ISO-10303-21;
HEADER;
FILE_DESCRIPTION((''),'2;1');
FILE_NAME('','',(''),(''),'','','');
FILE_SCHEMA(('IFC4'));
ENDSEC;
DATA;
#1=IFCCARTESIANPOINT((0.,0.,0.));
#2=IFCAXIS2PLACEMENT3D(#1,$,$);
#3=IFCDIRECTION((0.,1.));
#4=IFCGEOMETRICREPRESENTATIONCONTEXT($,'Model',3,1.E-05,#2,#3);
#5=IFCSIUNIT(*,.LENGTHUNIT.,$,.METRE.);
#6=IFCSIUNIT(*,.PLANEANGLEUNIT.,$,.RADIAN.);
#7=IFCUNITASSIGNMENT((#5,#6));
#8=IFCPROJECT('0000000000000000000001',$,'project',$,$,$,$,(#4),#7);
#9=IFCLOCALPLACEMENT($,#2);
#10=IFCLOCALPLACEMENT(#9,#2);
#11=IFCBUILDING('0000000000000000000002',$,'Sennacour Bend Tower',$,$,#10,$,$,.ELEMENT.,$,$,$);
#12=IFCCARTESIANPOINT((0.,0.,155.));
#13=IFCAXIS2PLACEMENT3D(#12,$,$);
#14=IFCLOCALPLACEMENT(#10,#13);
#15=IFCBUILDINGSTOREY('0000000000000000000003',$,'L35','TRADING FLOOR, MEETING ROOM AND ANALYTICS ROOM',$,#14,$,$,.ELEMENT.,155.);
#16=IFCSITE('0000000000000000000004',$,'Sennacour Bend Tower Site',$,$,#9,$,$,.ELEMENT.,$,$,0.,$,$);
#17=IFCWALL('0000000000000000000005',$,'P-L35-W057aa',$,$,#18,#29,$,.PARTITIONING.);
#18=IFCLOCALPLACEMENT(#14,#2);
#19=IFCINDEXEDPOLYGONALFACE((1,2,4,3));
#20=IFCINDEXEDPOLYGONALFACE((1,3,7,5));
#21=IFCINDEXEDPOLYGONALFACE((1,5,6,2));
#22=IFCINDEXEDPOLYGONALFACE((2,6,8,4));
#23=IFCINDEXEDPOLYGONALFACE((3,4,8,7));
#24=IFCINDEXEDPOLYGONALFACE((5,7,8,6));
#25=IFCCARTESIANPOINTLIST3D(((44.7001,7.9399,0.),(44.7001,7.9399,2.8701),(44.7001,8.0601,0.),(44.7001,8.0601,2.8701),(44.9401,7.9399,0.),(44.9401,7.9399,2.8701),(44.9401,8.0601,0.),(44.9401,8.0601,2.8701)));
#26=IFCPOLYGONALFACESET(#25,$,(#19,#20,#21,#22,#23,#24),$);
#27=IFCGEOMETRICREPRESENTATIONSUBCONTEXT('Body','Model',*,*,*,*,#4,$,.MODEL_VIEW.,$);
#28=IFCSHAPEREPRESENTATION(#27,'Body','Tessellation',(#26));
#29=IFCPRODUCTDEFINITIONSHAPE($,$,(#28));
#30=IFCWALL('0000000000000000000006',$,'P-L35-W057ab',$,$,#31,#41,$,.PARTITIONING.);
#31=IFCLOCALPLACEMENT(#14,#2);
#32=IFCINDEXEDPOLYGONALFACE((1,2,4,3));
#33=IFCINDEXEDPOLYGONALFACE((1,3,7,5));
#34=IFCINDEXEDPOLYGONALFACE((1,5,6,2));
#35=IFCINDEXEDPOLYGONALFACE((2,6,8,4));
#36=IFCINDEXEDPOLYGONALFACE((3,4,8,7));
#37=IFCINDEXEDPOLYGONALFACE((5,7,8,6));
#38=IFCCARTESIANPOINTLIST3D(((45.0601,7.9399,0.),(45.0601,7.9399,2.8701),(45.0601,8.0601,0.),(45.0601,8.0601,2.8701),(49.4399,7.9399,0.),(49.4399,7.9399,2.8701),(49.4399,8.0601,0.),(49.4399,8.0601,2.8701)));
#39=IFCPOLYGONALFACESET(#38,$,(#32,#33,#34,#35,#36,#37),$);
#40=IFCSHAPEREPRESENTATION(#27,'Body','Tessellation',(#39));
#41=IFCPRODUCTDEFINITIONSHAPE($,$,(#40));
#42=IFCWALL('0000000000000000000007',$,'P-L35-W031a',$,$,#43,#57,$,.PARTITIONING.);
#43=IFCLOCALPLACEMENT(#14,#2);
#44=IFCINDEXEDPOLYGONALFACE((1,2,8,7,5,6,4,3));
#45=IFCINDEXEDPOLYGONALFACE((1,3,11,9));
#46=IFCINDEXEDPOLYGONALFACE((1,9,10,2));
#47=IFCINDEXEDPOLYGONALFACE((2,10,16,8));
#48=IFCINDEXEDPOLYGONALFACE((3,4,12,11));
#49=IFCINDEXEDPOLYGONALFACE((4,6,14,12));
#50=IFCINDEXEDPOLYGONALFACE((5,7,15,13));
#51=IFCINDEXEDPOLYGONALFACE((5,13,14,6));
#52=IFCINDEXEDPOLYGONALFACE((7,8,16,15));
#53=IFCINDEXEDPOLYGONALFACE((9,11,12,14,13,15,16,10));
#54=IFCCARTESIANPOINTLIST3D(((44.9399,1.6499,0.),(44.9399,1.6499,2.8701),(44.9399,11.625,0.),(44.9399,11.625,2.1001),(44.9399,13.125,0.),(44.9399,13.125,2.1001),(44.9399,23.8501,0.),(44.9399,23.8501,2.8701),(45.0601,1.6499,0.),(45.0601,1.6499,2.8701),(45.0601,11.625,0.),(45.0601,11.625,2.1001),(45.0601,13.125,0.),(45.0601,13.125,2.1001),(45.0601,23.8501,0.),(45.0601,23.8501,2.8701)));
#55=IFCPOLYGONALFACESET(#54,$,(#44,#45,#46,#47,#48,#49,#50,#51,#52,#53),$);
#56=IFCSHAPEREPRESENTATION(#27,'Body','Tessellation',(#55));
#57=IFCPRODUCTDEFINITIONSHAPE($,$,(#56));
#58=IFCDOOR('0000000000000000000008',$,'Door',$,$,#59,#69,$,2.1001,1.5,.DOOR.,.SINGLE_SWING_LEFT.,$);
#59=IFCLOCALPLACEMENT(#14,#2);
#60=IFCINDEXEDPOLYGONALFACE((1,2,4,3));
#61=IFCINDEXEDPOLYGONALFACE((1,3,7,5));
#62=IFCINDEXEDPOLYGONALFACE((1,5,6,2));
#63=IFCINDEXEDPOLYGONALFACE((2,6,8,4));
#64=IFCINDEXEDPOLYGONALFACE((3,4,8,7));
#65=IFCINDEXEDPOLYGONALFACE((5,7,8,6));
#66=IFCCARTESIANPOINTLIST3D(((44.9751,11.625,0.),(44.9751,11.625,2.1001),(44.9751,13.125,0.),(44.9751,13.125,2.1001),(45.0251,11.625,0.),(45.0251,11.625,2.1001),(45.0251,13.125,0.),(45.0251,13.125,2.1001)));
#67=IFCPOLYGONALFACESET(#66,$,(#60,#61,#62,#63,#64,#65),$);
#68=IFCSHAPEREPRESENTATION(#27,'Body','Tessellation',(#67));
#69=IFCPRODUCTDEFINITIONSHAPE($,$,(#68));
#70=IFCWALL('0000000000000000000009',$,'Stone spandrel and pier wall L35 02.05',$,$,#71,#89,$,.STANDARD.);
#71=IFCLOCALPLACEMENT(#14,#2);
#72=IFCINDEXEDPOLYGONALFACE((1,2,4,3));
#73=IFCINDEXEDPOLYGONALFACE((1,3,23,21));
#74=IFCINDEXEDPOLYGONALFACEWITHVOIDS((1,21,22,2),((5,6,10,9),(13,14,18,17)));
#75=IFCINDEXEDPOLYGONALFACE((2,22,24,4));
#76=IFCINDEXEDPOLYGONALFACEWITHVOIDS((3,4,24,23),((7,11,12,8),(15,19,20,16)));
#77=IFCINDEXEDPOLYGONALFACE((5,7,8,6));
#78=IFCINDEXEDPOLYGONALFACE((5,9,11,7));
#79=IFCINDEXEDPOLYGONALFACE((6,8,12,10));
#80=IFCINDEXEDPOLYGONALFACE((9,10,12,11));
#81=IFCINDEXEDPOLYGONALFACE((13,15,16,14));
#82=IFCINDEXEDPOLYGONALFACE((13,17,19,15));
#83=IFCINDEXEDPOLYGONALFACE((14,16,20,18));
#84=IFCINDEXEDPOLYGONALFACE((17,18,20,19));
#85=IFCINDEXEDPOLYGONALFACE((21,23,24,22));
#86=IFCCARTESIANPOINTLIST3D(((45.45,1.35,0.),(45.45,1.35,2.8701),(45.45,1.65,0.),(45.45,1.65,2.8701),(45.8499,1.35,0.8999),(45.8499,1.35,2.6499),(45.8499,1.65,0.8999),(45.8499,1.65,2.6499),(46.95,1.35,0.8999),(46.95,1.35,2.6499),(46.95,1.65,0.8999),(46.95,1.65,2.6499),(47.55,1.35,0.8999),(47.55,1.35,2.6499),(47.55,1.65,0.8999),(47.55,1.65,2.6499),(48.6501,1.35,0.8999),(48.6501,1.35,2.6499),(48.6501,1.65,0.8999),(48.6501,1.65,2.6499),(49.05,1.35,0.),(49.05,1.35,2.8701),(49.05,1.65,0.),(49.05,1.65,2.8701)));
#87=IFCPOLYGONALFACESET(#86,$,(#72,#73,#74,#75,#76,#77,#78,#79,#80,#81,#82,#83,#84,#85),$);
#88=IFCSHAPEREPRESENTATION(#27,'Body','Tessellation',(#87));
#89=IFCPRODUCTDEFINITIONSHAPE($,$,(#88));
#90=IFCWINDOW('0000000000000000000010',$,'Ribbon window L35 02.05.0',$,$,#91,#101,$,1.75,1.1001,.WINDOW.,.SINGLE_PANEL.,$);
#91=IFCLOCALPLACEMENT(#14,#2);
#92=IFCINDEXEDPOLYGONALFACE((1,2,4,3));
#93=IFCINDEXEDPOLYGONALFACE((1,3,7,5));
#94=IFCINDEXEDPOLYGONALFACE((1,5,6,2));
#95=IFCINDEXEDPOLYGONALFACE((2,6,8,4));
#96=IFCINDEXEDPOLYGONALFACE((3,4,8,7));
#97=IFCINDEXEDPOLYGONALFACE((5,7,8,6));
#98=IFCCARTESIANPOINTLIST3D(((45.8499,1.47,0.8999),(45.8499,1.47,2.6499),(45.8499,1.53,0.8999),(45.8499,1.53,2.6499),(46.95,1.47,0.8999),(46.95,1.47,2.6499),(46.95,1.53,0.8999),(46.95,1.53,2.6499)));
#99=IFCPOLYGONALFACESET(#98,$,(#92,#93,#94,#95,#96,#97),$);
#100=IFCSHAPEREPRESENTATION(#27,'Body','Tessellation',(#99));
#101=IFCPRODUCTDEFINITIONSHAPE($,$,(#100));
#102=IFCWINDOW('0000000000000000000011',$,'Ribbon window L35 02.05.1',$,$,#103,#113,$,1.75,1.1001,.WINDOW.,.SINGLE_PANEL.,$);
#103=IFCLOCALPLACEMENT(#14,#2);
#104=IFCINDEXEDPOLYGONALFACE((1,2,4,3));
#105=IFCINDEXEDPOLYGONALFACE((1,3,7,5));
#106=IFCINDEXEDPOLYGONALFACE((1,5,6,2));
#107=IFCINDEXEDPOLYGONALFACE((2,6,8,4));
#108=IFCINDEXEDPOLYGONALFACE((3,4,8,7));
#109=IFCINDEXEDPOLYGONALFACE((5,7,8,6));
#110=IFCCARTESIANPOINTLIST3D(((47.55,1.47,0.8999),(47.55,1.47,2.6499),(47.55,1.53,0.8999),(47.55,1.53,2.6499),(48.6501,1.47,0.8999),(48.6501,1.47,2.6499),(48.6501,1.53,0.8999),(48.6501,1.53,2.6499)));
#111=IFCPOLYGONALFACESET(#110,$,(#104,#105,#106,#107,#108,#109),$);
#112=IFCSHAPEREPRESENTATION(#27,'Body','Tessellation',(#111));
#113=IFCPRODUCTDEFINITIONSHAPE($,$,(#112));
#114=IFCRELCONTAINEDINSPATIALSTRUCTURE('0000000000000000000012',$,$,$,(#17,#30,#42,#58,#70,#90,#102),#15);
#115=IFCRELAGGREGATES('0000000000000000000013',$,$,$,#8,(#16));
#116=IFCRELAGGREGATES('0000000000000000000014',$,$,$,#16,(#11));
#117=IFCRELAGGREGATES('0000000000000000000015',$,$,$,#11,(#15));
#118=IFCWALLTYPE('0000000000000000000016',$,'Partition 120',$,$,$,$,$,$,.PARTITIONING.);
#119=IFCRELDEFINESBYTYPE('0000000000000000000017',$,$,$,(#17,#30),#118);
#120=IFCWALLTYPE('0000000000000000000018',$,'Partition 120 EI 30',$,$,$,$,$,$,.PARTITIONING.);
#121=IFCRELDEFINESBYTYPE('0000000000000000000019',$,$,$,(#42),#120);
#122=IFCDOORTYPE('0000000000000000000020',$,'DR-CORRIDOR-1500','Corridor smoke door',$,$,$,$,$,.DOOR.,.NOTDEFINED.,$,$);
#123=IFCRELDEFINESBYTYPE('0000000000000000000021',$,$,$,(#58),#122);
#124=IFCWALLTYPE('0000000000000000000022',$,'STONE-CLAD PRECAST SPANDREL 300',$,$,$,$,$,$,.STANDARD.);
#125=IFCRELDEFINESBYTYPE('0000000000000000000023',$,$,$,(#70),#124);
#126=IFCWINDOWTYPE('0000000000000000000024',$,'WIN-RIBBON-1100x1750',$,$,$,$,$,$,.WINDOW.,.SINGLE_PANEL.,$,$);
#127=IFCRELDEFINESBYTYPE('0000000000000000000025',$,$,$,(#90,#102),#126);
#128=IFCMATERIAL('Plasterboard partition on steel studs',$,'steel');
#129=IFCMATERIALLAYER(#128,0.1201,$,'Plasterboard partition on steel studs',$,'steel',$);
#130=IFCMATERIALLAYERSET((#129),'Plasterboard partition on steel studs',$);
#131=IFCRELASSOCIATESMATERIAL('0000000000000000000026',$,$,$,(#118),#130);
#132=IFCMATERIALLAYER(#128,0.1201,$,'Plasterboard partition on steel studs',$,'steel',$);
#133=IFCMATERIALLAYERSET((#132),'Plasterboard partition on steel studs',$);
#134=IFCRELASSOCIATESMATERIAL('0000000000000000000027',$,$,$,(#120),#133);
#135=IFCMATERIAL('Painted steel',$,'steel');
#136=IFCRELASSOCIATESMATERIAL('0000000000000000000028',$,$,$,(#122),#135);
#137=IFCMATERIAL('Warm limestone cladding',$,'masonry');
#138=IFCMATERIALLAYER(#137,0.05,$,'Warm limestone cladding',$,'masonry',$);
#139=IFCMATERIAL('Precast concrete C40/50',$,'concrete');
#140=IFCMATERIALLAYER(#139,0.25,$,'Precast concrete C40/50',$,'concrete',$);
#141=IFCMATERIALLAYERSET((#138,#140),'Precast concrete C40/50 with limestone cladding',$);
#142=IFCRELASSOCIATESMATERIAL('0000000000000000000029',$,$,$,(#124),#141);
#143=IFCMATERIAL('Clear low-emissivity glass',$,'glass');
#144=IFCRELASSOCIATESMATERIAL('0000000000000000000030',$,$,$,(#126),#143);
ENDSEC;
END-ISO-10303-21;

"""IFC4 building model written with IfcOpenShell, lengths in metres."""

from ifc_helpers import new_model, si_unit, direction, frame, frame_2d, origin, place, context, subcontext, project, spatial, rectangle, extrude, material, layer, layer_set, type_object, element, fill, save


model = new_model("IFC4")

# Units and contexts
model_context = context("Model", 3, precision=1e-05, world=origin(), true_north=direction((0.0, 1.0)))
body_context = subcontext(model_context, "Body", "Model", "MODEL_VIEW")
ifc_project = project(units=[si_unit("LENGTHUNIT", "METRE"), si_unit("PLANEANGLEUNIT", "RADIAN")], contexts=[model_context])

# Site, building, storey
site_placement = place(None, origin())
site = spatial("IfcSite", under=ifc_project, at=site_placement, Name="Sennacour Bend Tower Site", CompositionType="ELEMENT", RefElevation=0.0)
building_placement = place(site_placement, origin())
building = spatial("IfcBuilding", under=site, at=building_placement, Name="Sennacour Bend Tower", CompositionType="ELEMENT")
storey_placement = place(building_placement, frame((0.0, 0.0, 155.0)))
storey = spatial("IfcBuildingStorey", under=building, at=storey_placement, Name="L35", Description="TRADING FLOOR, MEETING ROOM AND ANALYTICS ROOM", CompositionType="ELEMENT", Elevation=155.0)

# Shared definitions
ifc_material_1 = material(Name="Clear low-emissivity glass", Category="glass")

# Walls
ifc_material_2 = material(Name="Plasterboard partition on steel studs", Category="steel")
ifc_layer_1 = layer(ifc_material_2, 0.1201, Name="Plasterboard partition on steel studs", Category="steel")
ifc_layer_set_1 = layer_set([ifc_layer_1], Name="Plasterboard partition on steel studs")
wall_type_1 = type_object("IfcWallType", Name="Partition 120", PredefinedType="PARTITIONING", material=ifc_layer_set_1)
wall_1_placement = place(storey_placement, frame((44.7, 8.0, 0.0), z_axis=(0.0, 0.0, 1.0), x_axis=(1.0, 0.0, 0.0)))
element("IfcWall", 1, at=wall_1_placement, inside=storey, type_object=wall_type_1, Name="P-L35-W057aa", PredefinedType="PARTITIONING", context=body_context, shape_type="SweptSolid", body=[
    extrude(rectangle(XDim=0.24, YDim=0.1201, at=frame_2d((0.1201, 0.0))), origin(), (0.0, 0.0, 1.0), 2.8701),
])
wall_2_placement = place(storey_placement, frame((45.0601, 8.0, 0.0), z_axis=(0.0, 0.0, 1.0), x_axis=(1.0, 0.0, 0.0)))
element("IfcWall", 2, at=wall_2_placement, inside=storey, type_object=wall_type_1, Name="P-L35-W057ab", PredefinedType="PARTITIONING", context=body_context, shape_type="SweptSolid", body=[
    extrude(rectangle(XDim=4.3799, YDim=0.1201, at=frame_2d((2.1899, 0.0))), origin(), (0.0, 0.0, 1.0), 2.8701),
])

# Wall, opening, door
ifc_layer_2 = layer(ifc_material_2, 0.1201, Name="Plasterboard partition on steel studs", Category="steel")
ifc_layer_set_2 = layer_set([ifc_layer_2], Name="Plasterboard partition on steel studs")
wall_type_2 = type_object("IfcWallType", Name="Partition 120 EI 30", PredefinedType="PARTITIONING", material=ifc_layer_set_2)
wall_3_placement = place(storey_placement, frame((45.0, 1.6499, 0.0), z_axis=(0.0, 0.0, 1.0), x_axis=(0.0, 1.0, 0.0)))
wall_3 = element("IfcWall", 3, at=wall_3_placement, inside=storey, type_object=wall_type_2, Name="P-L35-W031a", PredefinedType="PARTITIONING", context=body_context, shape_type="SweptSolid", body=[
    extrude(rectangle(XDim=22.2002, YDim=0.1201, at=frame_2d((11.1001, 0.0))), origin(), (0.0, 0.0, 1.0), 2.8701),
])
opening_1_placement = place(wall_3_placement, frame((9.9751, 0.0, 0.0)))
opening_1 = element("IfcOpeningElement", 4, at=opening_1_placement, cuts=wall_3, PredefinedType="OPENING", context=body_context, shape_type="SweptSolid", body=[
    extrude(rectangle(XDim=1.5, YDim=2.1001, at=frame_2d((0.75, 1.05))), frame((0.0, 0.0701, 0.0), z_axis=(0.0, -1.0, 0.0), x_axis=(1.0, 0.0, 0.0)), (0.0, 0.0, 1.0), 0.1401),
])
ifc_material_3 = material(Name="Painted steel", Category="steel")
door_type = type_object("IfcDoorType", Name="DR-CORRIDOR-1500", Description="Corridor smoke door", OperationType="NOTDEFINED", PredefinedType="DOOR", material=ifc_material_3)
door_placement = place(opening_1_placement, origin())
door = element("IfcDoor", 5, at=door_placement, inside=storey, type_object=door_type, Name="Door", OperationType="SINGLE_SWING_LEFT", OverallHeight=2.1001, OverallWidth=1.5, PredefinedType="DOOR", context=body_context, shape_type="SweptSolid", body=[
    extrude(rectangle(XDim=1.5, YDim=2.1001, at=frame_2d((0.75, 1.05))), frame((0.0, 0.0249, 0.0), z_axis=(0.0, -1.0, 0.0), x_axis=(1.0, 0.0, 0.0)), (0.0, 0.0, 1.0), 0.05),
])
fill(opening_1, door)

# Wall, openings, windows
ifc_material_4 = material(Name="Warm limestone cladding", Category="masonry")
ifc_layer_3 = layer(ifc_material_4, 0.05, Name="Warm limestone cladding", Category="masonry")
ifc_material_5 = material(Name="Precast concrete C40/50", Category="concrete")
ifc_layer_4 = layer(ifc_material_5, 0.25, Name="Precast concrete C40/50", Category="concrete")
ifc_layer_set_3 = layer_set([ifc_layer_3, ifc_layer_4], Name="Precast concrete C40/50 with limestone cladding")
wall_type_3 = type_object("IfcWallType", Name="STONE-CLAD PRECAST SPANDREL 300", PredefinedType="STANDARD", material=ifc_layer_set_3)
wall_4_placement = place(storey_placement, frame((45.45, 1.5, 0.0), z_axis=(0.0, 0.0, 1.0), x_axis=(1.0, 0.0, 0.0)))
wall_4 = element("IfcWall", 6, at=wall_4_placement, inside=storey, type_object=wall_type_3, Name="Stone spandrel and pier wall L35 02.05", PredefinedType="STANDARD", context=body_context, shape_type="SweptSolid", body=[
    extrude(rectangle(XDim=3.6001, YDim=0.3, at=frame_2d((1.8, 0.0))), origin(), (0.0, 0.0, 1.0), 2.8701),
])
opening_2_placement = place(wall_4_placement, frame((0.3999, 0.0, 0.8999)))
opening_2 = element("IfcOpeningElement", 7, at=opening_2_placement, cuts=wall_4, PredefinedType="OPENING", context=body_context, shape_type="SweptSolid", body=[
    extrude(rectangle(XDim=1.1001, YDim=1.75, at=frame_2d((0.55, 0.875))), frame((0.0, 0.1602, 0.0), z_axis=(0.0, -1.0, 0.0), x_axis=(1.0, 0.0, 0.0)), (0.0, 0.0, 1.0), 0.3201),
])
opening_3_placement = place(wall_4_placement, frame((2.1001, 0.0, 0.8999)))
opening_3 = element("IfcOpeningElement", 8, at=opening_3_placement, cuts=wall_4, PredefinedType="OPENING", context=body_context, shape_type="SweptSolid", body=[
    extrude(rectangle(XDim=1.1001, YDim=1.75, at=frame_2d((0.55, 0.875))), frame((0.0, 0.1602, 0.0), z_axis=(0.0, -1.0, 0.0), x_axis=(1.0, 0.0, 0.0)), (0.0, 0.0, 1.0), 0.3201),
])
window_type = type_object("IfcWindowType", Name="WIN-RIBBON-1100x1750", PartitioningType="SINGLE_PANEL", PredefinedType="WINDOW", material=ifc_material_1)
window_1_placement = place(opening_2_placement, origin())
window_1 = element("IfcWindow", 9, at=window_1_placement, inside=storey, type_object=window_type, Name="Ribbon window L35 02.05.0", OverallHeight=1.75, OverallWidth=1.1001, PartitioningType="SINGLE_PANEL", PredefinedType="WINDOW", context=body_context, shape_type="SweptSolid", body=[
    extrude(rectangle(XDim=1.1001, YDim=1.75, at=frame_2d((0.55, 0.875))), frame((0.0, 0.03, 0.0), z_axis=(0.0, -1.0, 0.0), x_axis=(1.0, 0.0, 0.0)), (0.0, 0.0, 1.0), 0.0601),
])
fill(opening_2, window_1)
window_2_placement = place(opening_3_placement, origin())
window_2 = element("IfcWindow", 10, at=window_2_placement, inside=storey, type_object=window_type, Name="Ribbon window L35 02.05.1", OverallHeight=1.75, OverallWidth=1.1001, PartitioningType="SINGLE_PANEL", PredefinedType="WINDOW", context=body_context, shape_type="SweptSolid", body=[
    extrude(rectangle(XDim=1.1001, YDim=1.75, at=frame_2d((0.55, 0.875))), frame((0.0, 0.03, 0.0), z_axis=(0.0, -1.0, 0.0), x_axis=(1.0, 0.0, 0.0)), (0.0, 0.0, 1.0), 0.0601),
])
fill(opening_3, window_2)

save(model, "model.ifc")
